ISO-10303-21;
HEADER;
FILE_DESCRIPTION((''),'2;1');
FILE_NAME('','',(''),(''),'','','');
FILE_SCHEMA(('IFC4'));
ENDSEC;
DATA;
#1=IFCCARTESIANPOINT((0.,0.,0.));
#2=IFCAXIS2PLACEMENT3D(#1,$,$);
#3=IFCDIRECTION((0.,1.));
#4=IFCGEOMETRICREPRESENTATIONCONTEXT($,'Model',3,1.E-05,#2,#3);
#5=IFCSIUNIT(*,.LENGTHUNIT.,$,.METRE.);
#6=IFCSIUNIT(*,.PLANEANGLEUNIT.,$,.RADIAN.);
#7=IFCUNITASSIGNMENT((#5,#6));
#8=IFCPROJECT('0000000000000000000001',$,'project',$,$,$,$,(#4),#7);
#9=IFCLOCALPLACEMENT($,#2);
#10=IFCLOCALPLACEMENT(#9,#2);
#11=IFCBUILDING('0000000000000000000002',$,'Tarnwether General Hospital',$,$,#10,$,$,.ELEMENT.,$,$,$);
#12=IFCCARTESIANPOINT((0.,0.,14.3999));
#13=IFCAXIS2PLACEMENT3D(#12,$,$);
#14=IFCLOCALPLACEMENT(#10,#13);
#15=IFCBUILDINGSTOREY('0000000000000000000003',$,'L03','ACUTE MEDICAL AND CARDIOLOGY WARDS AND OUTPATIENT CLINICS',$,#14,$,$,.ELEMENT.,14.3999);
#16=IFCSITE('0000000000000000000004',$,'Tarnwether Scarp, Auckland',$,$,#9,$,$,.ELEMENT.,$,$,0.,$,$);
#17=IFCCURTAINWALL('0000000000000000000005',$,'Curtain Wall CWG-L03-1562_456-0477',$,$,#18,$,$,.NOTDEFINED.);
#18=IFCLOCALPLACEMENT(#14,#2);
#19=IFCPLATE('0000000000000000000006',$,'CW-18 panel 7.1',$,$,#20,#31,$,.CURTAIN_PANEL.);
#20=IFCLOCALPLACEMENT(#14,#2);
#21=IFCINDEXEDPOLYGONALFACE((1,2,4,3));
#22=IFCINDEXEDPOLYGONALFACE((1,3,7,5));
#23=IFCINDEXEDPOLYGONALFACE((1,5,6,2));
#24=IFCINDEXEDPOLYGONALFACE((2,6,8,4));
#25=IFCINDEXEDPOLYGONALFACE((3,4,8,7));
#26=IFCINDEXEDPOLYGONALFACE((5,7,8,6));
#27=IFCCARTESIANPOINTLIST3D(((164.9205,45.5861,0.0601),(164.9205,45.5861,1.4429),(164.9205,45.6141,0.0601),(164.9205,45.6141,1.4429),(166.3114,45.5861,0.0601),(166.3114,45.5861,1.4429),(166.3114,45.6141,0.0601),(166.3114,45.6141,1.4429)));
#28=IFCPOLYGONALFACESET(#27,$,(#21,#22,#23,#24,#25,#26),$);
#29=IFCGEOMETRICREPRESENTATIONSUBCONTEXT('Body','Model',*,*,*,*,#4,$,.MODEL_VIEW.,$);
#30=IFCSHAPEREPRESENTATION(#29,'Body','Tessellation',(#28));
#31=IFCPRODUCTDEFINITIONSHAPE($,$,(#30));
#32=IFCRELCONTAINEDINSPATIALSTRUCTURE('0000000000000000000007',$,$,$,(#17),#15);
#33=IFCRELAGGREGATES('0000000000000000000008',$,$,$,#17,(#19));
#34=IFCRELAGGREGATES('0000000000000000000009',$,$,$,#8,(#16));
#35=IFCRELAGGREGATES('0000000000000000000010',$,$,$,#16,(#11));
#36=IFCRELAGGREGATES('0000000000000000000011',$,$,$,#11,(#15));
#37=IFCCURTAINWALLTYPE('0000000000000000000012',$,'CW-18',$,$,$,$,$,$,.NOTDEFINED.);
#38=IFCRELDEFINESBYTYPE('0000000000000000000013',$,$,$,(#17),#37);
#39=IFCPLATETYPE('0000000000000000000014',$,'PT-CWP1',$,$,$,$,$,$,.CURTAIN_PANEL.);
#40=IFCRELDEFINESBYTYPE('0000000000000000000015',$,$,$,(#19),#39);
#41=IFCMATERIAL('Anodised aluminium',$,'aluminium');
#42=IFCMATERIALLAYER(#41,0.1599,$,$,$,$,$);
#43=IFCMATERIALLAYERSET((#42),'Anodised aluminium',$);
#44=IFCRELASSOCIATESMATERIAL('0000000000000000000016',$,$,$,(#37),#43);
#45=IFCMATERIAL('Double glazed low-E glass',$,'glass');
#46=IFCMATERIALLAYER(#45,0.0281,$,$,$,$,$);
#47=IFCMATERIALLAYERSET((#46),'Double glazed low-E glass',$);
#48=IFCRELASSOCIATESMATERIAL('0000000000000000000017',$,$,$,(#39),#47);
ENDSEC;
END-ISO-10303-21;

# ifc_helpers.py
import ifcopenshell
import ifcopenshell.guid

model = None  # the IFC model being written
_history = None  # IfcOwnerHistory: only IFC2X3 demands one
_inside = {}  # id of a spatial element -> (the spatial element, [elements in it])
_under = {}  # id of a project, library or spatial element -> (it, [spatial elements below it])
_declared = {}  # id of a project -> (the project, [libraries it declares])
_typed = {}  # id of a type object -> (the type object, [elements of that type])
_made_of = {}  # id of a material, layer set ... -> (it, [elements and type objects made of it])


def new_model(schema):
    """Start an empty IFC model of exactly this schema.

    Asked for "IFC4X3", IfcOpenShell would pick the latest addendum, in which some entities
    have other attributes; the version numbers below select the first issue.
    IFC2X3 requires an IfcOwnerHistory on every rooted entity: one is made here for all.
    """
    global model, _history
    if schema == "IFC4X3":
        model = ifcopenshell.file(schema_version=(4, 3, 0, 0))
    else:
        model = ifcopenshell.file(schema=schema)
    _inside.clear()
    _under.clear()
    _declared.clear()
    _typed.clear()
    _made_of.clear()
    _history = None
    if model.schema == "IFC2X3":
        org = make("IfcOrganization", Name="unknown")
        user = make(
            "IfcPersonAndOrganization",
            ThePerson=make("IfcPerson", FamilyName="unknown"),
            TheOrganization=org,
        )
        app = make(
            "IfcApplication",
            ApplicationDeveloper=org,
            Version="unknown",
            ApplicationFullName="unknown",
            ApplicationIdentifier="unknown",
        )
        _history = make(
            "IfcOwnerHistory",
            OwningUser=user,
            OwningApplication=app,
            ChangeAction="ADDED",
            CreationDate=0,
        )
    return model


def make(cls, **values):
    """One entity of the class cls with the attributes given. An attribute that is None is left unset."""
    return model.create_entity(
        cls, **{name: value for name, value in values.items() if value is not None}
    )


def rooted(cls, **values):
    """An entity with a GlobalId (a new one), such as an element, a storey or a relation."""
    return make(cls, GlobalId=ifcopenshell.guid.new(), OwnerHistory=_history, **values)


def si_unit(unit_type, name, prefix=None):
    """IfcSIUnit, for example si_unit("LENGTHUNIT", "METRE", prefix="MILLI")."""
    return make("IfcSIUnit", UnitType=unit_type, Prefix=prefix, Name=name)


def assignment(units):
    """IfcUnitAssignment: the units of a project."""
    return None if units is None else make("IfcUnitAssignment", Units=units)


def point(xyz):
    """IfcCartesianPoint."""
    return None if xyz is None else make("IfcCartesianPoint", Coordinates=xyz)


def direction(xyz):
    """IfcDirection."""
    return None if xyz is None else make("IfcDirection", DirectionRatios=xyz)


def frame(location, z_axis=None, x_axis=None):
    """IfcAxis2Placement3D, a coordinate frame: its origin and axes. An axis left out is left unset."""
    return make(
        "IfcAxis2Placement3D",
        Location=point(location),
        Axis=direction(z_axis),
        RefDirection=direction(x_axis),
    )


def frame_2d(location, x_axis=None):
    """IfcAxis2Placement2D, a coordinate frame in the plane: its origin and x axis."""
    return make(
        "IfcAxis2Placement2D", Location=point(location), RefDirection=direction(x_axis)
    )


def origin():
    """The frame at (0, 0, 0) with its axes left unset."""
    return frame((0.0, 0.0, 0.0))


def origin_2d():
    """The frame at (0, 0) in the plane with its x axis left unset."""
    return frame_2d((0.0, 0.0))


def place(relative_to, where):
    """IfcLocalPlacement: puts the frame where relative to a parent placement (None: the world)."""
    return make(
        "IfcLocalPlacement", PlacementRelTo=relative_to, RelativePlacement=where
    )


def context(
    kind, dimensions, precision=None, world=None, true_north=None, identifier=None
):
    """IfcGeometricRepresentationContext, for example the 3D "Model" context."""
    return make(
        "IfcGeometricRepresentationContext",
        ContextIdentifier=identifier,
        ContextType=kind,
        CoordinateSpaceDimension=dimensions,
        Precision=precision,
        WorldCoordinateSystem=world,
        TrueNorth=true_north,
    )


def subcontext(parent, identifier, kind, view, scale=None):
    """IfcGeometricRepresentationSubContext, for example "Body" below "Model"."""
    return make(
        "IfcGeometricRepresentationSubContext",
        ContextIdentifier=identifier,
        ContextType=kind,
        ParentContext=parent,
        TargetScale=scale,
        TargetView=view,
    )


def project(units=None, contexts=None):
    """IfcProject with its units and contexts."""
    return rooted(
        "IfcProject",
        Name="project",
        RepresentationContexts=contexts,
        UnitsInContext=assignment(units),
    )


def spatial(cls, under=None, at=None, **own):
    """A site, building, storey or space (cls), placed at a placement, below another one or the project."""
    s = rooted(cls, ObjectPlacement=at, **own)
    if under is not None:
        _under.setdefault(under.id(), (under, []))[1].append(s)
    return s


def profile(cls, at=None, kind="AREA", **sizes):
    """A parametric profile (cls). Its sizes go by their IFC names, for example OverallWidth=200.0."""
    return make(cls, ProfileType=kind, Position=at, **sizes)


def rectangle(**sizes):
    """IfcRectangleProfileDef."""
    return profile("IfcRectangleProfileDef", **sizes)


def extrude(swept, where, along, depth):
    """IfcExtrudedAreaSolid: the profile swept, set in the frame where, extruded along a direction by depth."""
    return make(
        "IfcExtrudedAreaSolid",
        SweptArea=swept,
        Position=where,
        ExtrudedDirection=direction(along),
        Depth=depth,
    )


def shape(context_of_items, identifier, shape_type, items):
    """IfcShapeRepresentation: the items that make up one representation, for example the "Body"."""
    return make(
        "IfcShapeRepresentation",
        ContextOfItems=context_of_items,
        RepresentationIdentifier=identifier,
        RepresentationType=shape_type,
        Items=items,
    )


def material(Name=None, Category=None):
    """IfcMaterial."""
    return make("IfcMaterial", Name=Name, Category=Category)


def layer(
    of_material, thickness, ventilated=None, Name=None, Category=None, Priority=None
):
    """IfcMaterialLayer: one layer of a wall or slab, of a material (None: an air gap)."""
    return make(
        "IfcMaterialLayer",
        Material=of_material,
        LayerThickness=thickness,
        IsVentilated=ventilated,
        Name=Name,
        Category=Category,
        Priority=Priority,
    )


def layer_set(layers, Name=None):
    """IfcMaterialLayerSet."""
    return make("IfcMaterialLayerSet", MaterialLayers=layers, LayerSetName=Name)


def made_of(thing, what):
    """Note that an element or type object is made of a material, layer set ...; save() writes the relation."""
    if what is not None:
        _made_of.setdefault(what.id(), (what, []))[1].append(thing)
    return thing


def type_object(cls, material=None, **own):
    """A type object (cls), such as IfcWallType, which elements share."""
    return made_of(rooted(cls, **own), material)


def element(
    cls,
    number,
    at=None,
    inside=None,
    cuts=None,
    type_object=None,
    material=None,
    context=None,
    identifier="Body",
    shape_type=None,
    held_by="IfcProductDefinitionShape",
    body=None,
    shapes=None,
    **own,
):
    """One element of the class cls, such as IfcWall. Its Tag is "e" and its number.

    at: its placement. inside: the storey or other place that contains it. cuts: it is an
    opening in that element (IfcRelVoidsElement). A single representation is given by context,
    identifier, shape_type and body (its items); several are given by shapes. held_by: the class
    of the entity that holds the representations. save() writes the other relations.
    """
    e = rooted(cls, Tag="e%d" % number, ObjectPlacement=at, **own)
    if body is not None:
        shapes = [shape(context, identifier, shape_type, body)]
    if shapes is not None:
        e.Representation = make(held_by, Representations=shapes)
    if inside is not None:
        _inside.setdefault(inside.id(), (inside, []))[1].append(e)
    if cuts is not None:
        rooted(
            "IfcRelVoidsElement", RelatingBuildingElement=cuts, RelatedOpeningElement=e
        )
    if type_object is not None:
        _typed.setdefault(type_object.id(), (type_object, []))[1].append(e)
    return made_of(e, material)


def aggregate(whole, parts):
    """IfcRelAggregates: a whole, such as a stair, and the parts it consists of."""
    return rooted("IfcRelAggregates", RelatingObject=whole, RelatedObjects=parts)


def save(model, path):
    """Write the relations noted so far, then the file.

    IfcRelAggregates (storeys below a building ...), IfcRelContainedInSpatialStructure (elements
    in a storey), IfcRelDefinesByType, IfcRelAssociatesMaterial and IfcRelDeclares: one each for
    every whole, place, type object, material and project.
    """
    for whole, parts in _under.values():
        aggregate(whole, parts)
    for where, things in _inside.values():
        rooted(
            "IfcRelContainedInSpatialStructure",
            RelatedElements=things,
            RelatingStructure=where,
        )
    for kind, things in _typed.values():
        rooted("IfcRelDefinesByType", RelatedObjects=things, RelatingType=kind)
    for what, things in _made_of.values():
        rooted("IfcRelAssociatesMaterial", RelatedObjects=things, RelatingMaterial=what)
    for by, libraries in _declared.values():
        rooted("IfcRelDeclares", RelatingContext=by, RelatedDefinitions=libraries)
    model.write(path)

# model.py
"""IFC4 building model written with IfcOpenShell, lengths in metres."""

from ifc_helpers import new_model, si_unit, direction, frame, origin, origin_2d, place, context, subcontext, project, spatial, rectangle, extrude, material, layer, layer_set, type_object, element, aggregate, save


model = new_model("IFC4")

# Units and contexts
model_context = context("Model", 3, precision=1e-05, world=origin(), true_north=direction((0.0, 1.0)))
body_context = subcontext(model_context, "Body", "Model", "MODEL_VIEW")
ifc_project = project(units=[si_unit("LENGTHUNIT", "METRE"), si_unit("PLANEANGLEUNIT", "RADIAN")], contexts=[model_context])

# Site, building, storey
site_placement = place(None, origin())
site = spatial("IfcSite", under=ifc_project, at=site_placement, Name="Tarnwether Scarp, Auckland", CompositionType="ELEMENT", RefElevation=0.0)
building_placement = place(site_placement, origin())
building = spatial("IfcBuilding", under=site, at=building_placement, Name="Tarnwether General Hospital", CompositionType="ELEMENT")
storey_placement = place(building_placement, frame((0.0, 0.0, 14.3999)))
storey = spatial("IfcBuildingStorey", under=building, at=storey_placement, Name="L03", Description="ACUTE MEDICAL AND CARDIOLOGY WARDS AND OUTPATIENT CLINICS", CompositionType="ELEMENT", Elevation=14.3999)

# Curtain wall, plate
ifc_material_1 = material(Name="Anodised aluminium", Category="aluminium")
ifc_layer_1 = layer(ifc_material_1, 0.1599)
ifc_layer_set_1 = layer_set([ifc_layer_1], Name="Anodised aluminium")
curtain_wall_type = type_object("IfcCurtainWallType", Name="CW-18", PredefinedType="NOTDEFINED", material=ifc_layer_set_1)
curtain_wall_placement = place(storey_placement, origin())
curtain_wall = element("IfcCurtainWall", 1, at=curtain_wall_placement, inside=storey, type_object=curtain_wall_type, Name="Curtain Wall CWG-L03-1562_456-0477", PredefinedType="NOTDEFINED")
ifc_material_2 = material(Name="Double glazed low-E glass", Category="glass")
ifc_layer_2 = layer(ifc_material_2, 0.0281)
ifc_layer_set_2 = layer_set([ifc_layer_2], Name="Double glazed low-E glass")
plate_type = type_object("IfcPlateType", Name="PT-CWP1", PredefinedType="CURTAIN_PANEL", material=ifc_layer_set_2)
plate_1_placement = place(storey_placement, frame((165.616, 45.6001, 0.0601), z_axis=(0.0, 0.0, 1.0), x_axis=(1.0, 0.0, 0.0)))
plate_1 = element("IfcPlate", 2, at=plate_1_placement, type_object=plate_type, Name="CW-18 panel 7.1", PredefinedType="CURTAIN_PANEL", context=body_context, shape_type="SweptSolid", body=[
    extrude(rectangle(XDim=1.3909, YDim=0.0281, at=origin_2d()), origin(), (0.0, 0.0, 1.0), 1.3828),
])
aggregate(curtain_wall, [plate_1])

save(model, "model.ifc")
